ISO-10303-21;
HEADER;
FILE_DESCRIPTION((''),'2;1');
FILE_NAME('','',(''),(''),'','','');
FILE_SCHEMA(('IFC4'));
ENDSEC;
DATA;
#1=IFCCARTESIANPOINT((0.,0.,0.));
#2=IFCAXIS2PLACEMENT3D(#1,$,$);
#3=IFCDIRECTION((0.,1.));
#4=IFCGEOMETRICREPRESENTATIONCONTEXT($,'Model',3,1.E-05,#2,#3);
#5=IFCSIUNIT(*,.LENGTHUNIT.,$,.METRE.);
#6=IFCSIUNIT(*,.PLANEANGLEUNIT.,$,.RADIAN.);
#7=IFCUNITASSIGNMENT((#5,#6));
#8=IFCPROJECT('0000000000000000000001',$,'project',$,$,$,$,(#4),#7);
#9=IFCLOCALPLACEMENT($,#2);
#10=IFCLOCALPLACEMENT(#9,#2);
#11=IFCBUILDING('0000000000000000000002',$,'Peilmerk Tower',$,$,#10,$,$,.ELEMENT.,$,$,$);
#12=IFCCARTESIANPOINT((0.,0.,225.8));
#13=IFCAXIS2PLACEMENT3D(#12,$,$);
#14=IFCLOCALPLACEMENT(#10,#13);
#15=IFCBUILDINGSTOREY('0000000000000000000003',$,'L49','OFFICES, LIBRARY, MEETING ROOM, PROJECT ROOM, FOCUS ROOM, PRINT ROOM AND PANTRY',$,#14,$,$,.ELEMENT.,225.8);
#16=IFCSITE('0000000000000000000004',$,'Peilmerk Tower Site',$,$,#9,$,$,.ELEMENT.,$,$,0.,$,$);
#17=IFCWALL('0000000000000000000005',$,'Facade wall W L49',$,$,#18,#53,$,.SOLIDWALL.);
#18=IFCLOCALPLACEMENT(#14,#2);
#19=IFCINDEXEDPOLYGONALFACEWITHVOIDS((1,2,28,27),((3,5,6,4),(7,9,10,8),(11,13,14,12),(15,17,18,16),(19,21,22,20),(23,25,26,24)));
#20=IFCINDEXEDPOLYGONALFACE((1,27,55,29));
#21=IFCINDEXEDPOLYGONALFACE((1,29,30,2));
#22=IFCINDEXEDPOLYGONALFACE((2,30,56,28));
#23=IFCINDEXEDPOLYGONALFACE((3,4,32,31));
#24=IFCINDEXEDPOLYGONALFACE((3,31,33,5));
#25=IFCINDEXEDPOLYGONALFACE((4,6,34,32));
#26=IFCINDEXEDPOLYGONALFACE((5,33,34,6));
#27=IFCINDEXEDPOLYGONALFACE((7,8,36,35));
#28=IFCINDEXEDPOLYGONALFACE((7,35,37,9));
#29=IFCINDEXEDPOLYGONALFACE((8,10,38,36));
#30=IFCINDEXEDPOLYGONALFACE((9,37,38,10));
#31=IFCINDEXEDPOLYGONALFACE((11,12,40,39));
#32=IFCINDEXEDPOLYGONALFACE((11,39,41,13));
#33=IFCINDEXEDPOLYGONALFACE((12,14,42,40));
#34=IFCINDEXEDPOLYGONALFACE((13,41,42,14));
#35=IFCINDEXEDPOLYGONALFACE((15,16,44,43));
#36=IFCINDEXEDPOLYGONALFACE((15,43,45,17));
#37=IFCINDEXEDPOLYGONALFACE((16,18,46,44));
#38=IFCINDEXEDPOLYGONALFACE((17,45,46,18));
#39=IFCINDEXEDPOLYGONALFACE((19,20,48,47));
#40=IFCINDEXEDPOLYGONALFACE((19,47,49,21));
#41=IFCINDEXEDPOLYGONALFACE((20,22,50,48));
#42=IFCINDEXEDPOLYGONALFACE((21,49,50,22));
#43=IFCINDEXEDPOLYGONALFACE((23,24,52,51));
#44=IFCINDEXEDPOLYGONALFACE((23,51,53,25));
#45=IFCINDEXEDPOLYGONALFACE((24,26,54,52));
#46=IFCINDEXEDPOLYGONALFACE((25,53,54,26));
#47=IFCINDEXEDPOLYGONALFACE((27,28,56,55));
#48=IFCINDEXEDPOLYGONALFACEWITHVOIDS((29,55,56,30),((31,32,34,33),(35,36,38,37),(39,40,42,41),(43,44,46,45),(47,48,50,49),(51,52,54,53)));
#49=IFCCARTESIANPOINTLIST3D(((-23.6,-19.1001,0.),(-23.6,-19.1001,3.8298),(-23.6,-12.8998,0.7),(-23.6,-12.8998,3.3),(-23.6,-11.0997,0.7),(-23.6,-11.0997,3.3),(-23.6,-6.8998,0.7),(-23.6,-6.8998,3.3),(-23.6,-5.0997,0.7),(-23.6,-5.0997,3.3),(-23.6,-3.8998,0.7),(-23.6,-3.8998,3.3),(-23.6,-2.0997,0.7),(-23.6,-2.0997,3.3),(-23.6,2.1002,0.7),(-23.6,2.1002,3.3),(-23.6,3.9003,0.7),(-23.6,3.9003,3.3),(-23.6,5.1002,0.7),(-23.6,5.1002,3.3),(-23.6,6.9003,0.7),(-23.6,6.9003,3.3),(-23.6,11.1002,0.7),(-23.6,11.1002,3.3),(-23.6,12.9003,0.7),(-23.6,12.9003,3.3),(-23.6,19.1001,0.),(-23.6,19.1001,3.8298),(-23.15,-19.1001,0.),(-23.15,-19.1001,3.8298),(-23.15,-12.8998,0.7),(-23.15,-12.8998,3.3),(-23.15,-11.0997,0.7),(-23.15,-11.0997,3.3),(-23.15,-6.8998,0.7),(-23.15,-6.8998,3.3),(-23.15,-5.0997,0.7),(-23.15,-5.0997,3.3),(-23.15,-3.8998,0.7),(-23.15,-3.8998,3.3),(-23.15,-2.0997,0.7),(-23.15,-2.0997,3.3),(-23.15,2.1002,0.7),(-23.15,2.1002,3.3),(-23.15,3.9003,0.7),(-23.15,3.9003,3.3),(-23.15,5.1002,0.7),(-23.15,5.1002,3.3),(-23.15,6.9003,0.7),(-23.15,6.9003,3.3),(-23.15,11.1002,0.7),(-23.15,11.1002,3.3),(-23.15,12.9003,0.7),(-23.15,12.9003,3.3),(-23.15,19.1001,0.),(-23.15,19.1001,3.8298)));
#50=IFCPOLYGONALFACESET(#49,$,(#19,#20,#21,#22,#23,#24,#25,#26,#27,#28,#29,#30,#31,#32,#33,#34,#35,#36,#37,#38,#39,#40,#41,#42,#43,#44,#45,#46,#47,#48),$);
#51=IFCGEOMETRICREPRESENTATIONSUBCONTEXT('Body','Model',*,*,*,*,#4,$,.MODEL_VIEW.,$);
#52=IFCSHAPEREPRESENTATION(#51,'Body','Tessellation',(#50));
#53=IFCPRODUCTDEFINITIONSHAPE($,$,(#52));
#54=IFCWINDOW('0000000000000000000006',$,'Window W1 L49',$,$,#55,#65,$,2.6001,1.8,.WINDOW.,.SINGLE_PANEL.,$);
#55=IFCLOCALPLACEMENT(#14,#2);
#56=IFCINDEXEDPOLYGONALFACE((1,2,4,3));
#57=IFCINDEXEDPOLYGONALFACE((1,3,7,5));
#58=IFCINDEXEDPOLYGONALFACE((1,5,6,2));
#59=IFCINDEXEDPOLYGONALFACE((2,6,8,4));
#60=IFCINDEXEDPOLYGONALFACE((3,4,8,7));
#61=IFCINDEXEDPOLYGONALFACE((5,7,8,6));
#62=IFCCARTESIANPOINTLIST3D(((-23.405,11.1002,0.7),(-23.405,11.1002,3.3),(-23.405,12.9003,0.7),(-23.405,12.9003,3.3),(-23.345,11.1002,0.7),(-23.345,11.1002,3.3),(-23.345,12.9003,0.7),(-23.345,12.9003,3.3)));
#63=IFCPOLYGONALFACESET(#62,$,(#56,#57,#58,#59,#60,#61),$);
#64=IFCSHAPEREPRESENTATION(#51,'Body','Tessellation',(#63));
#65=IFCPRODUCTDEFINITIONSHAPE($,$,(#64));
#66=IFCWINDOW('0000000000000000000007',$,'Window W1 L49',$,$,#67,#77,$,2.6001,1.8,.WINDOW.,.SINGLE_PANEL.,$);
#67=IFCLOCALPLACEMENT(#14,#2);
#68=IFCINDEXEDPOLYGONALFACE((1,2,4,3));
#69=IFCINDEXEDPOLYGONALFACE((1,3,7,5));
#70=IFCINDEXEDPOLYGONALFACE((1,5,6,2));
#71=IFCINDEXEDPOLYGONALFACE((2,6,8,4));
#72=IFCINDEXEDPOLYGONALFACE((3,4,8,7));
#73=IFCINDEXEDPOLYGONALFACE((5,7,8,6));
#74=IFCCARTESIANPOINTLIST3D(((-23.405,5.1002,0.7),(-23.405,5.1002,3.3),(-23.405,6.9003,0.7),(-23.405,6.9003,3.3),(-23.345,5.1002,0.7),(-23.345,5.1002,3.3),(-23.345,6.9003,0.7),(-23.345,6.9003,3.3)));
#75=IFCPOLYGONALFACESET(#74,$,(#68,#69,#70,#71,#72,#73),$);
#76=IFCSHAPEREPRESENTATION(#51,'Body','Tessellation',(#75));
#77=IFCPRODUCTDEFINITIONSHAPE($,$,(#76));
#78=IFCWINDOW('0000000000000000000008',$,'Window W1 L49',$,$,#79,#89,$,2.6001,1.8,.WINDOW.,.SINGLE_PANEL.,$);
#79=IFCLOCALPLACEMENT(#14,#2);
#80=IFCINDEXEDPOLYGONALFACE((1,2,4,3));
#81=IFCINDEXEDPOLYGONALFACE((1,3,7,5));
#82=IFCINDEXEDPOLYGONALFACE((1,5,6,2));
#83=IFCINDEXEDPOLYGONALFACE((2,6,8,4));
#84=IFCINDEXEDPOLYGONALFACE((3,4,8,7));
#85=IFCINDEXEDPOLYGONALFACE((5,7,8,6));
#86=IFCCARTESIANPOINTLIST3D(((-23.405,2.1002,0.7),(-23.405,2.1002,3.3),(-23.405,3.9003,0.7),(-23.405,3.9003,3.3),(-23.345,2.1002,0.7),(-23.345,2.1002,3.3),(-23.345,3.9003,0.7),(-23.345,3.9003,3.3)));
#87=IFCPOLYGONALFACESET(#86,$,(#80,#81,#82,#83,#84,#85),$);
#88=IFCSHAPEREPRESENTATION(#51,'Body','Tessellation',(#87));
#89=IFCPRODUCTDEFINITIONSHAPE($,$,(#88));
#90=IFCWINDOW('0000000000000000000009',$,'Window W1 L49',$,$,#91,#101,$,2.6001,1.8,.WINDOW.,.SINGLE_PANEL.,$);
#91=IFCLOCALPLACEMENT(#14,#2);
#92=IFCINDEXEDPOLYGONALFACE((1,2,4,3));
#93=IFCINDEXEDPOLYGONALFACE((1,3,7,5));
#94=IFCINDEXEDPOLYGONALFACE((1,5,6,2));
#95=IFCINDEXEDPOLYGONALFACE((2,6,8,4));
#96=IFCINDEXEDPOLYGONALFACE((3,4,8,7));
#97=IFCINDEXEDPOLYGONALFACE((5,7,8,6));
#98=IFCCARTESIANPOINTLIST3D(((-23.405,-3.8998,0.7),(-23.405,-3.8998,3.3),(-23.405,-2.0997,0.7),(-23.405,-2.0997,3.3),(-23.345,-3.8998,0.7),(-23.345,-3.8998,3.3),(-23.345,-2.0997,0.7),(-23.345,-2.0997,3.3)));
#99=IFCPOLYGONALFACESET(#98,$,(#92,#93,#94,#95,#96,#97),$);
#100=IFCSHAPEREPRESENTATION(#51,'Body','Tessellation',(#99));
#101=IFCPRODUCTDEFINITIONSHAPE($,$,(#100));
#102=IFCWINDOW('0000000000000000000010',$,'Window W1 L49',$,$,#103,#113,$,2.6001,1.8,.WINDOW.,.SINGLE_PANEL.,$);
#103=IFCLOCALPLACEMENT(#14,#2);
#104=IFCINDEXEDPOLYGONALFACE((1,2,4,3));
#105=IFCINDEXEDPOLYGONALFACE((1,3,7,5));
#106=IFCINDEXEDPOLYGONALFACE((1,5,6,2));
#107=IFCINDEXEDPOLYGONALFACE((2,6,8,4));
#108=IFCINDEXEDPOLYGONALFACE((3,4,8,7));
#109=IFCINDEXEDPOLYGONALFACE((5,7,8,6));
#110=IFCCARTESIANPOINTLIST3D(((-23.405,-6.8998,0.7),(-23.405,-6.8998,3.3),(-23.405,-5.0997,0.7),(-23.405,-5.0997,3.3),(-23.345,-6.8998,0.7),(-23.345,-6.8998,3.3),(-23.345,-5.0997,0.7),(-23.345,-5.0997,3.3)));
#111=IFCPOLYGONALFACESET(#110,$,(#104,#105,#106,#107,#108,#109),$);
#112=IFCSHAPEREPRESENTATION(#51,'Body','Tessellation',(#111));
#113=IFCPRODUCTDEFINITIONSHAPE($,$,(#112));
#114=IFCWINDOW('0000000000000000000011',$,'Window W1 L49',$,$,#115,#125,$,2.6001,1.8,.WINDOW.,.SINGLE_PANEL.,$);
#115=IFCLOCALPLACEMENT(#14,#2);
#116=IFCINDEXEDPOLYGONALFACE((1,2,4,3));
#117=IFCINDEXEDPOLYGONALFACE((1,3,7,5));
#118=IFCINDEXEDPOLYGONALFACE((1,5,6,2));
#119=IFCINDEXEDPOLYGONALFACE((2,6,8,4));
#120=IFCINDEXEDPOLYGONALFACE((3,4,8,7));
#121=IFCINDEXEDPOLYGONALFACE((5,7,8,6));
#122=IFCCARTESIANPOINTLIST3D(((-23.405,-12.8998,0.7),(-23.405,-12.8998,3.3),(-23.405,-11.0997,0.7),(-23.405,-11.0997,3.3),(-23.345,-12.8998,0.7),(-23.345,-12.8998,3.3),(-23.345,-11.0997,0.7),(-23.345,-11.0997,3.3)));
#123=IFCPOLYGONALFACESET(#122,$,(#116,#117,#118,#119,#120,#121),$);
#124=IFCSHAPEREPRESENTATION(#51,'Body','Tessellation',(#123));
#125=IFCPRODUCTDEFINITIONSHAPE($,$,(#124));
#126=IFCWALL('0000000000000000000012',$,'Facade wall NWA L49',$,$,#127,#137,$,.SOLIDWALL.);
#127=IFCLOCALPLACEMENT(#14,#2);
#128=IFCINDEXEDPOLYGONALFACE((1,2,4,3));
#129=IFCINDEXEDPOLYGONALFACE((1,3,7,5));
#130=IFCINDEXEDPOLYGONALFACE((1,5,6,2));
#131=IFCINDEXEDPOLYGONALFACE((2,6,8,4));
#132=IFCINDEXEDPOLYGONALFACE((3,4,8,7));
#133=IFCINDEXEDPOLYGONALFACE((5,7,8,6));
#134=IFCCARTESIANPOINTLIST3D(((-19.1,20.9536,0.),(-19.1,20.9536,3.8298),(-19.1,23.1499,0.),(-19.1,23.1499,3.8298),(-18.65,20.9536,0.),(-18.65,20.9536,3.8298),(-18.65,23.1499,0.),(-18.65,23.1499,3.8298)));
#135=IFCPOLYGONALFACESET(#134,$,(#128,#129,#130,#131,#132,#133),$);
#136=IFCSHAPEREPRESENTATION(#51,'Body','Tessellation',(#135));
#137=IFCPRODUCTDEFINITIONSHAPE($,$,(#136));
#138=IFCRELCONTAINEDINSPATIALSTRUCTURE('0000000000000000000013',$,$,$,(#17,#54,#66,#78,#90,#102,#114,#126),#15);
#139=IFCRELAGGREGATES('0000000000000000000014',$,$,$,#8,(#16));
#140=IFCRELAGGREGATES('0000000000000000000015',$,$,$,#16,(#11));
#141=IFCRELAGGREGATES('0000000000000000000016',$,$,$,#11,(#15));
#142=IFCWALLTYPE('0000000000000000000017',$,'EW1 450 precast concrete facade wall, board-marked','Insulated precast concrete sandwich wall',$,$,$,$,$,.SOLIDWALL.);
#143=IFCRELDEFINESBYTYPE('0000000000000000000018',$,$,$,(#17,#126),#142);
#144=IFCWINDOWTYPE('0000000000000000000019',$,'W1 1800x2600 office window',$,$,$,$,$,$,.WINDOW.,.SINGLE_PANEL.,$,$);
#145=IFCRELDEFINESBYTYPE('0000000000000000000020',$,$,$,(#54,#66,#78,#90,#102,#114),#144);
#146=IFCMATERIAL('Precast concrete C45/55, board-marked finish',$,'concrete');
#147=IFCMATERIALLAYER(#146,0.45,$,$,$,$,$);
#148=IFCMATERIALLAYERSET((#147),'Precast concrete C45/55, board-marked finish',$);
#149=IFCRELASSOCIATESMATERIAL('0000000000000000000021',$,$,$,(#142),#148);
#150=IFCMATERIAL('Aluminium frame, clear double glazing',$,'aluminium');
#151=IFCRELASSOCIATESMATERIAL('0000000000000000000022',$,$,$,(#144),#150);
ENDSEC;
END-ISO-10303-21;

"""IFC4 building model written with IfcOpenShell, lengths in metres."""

from ifc_helpers import new_model, si_unit, direction, frame, frame_2d, origin, place, context, subcontext, project, spatial, rectangle, extrude, material, layer, layer_set, type_object, element, fill, save


model = new_model("IFC4")

# Units and contexts
model_context = context("Model", 3, precision=1e-05, world=origin(), true_north=direction((0.0, 1.0)))
body_context = subcontext(model_context, "Body", "Model", "MODEL_VIEW")
ifc_project = project(units=[si_unit("LENGTHUNIT", "METRE"), si_unit("PLANEANGLEUNIT", "RADIAN")], contexts=[model_context])

# Site, building, storey
site_placement = place(None, origin())
site = spatial("IfcSite", under=ifc_project, at=site_placement, Name="Peilmerk Tower Site", CompositionType="ELEMENT", RefElevation=0.0)
building_placement = place(site_placement, origin())
building = spatial("IfcBuilding", under=site, at=building_placement, Name="Peilmerk Tower", CompositionType="ELEMENT")
storey_placement = place(building_placement, frame((0.0, 0.0, 225.8)))
storey = spatial("IfcBuildingStorey", under=building, at=storey_placement, Name="L49", Description="OFFICES, LIBRARY, MEETING ROOM, PROJECT ROOM, FOCUS ROOM, PRINT ROOM AND PANTRY", CompositionType="ELEMENT", Elevation=225.8)

# Wall, openings, windows
ifc_material_1 = material(Name="Precast concrete C45/55, board-marked finish", Category="concrete")
ifc_layer_1 = layer(ifc_material_1, 0.45)
ifc_layer_set_1 = layer_set([ifc_layer_1], Name="Precast concrete C45/55, board-marked finish")
wall_type = type_object("IfcWallType", Name="EW1 450 precast concrete facade wall, board-marked", Description="Insulated precast concrete sandwich wall", PredefinedType="SOLIDWALL", material=ifc_layer_set_1)
wall_1_placement = place(storey_placement, frame((-23.375, 19.1001, 0.0), z_axis=(0.0, 0.0, 1.0), x_axis=(0.0, -1.0, 0.0)))
wall_1 = element("IfcWall", 1, at=wall_1_placement, inside=storey, type_object=wall_type, Name="Facade wall W L49", PredefinedType="SOLIDWALL", context=body_context, shape_type="SweptSolid", body=[
    extrude(rectangle(XDim=38.2002, YDim=0.45, at=frame_2d((19.1001, 0.0))), origin(), (0.0, 0.0, 1.0), 3.8298),
])
opening_1_placement = place(wall_1_placement, frame((6.2, 0.0, 0.7)))
opening_1 = element("IfcOpeningElement", 2, at=opening_1_placement, cuts=wall_1, PredefinedType="OPENING", context=body_context, shape_type="SweptSolid", body=[
    extrude(rectangle(XDim=1.8, YDim=2.6001, at=frame_2d((0.8999, 1.3))), frame((0.0, 0.2349, 0.0), z_axis=(0.0, -1.0, 0.0), x_axis=(1.0, 0.0, 0.0)), (0.0, 0.0, 1.0), 0.47),
])
opening_2_placement = place(wall_1_placement, frame((12.2, 0.0, 0.7)))
opening_2 = element("IfcOpeningElement", 3, at=opening_2_placement, cuts=wall_1, PredefinedType="OPENING", context=body_context, shape_type="SweptSolid", body=[
    extrude(rectangle(XDim=1.8, YDim=2.6001, at=frame_2d((0.8999, 1.3))), frame((0.0, 0.2349, 0.0), z_axis=(0.0, -1.0, 0.0), x_axis=(1.0, 0.0, 0.0)), (0.0, 0.0, 1.0), 0.47),
])
opening_3_placement = place(wall_1_placement, frame((15.2, 0.0, 0.7)))
opening_3 = element("IfcOpeningElement", 4, at=opening_3_placement, cuts=wall_1, PredefinedType="OPENING", context=body_context, shape_type="SweptSolid", body=[
    extrude(rectangle(XDim=1.8, YDim=2.6001, at=frame_2d((0.8999, 1.3))), frame((0.0, 0.2349, 0.0), z_axis=(0.0, -1.0, 0.0), x_axis=(1.0, 0.0, 0.0)), (0.0, 0.0, 1.0), 0.47),
])
opening_4_placement = place(wall_1_placement, frame((21.2, 0.0, 0.7)))
opening_4 = element("IfcOpeningElement", 5, at=opening_4_placement, cuts=wall_1, PredefinedType="OPENING", context=body_context, shape_type="SweptSolid", body=[
    extrude(rectangle(XDim=1.8, YDim=2.6001, at=frame_2d((0.8999, 1.3))), frame((0.0, 0.2349, 0.0), z_axis=(0.0, -1.0, 0.0), x_axis=(1.0, 0.0, 0.0)), (0.0, 0.0, 1.0), 0.47),
])
opening_5_placement = place(wall_1_placement, frame((24.2, 0.0, 0.7)))
opening_5 = element("IfcOpeningElement", 6, at=opening_5_placement, cuts=wall_1, PredefinedType="OPENING", context=body_context, shape_type="SweptSolid", body=[
    extrude(rectangle(XDim=1.8, YDim=2.6001, at=frame_2d((0.8999, 1.3))), frame((0.0, 0.2349, 0.0), z_axis=(0.0, -1.0, 0.0), x_axis=(1.0, 0.0, 0.0)), (0.0, 0.0, 1.0), 0.47),
])
opening_6_placement = place(wall_1_placement, frame((30.2, 0.0, 0.7)))
opening_6 = element("IfcOpeningElement", 7, at=opening_6_placement, cuts=wall_1, PredefinedType="OPENING", context=body_context, shape_type="SweptSolid", body=[
    extrude(rectangle(XDim=1.8, YDim=2.6001, at=frame_2d((0.8999, 1.3))), frame((0.0, 0.2349, 0.0), z_axis=(0.0, -1.0, 0.0), x_axis=(1.0, 0.0, 0.0)), (0.0, 0.0, 1.0), 0.47),
])
ifc_material_2 = material(Name="Aluminium frame, clear double glazing", Category="aluminium")
window_type = type_object("IfcWindowType", Name="W1 1800x2600 office window", PartitioningType="SINGLE_PANEL", PredefinedType="WINDOW", material=ifc_material_2)
window_1_placement = place(opening_1_placement, origin())
window_1 = element("IfcWindow", 8, at=window_1_placement, inside=storey, type_object=window_type, Name="Window W1 L49", OverallHeight=2.6001, OverallWidth=1.8, PartitioningType="SINGLE_PANEL", PredefinedType="WINDOW", context=body_context, shape_type="SweptSolid", body=[
    extrude(rectangle(XDim=1.8, YDim=2.6001, at=frame_2d((0.8999, 1.3))), frame((0.0, 0.03, 0.0), z_axis=(0.0, -1.0, 0.0), x_axis=(1.0, 0.0, 0.0)), (0.0, 0.0, 1.0), 0.0601),
])
fill(opening_1, window_1)
window_2_placement = place(opening_2_placement, origin())
window_2 = element("IfcWindow", 9, at=window_2_placement, inside=storey, type_object=window_type, Name="Window W1 L49", OverallHeight=2.6001, OverallWidth=1.8, PartitioningType="SINGLE_PANEL", PredefinedType="WINDOW", context=body_context, shape_type="SweptSolid", body=[
    extrude(rectangle(XDim=1.8, YDim=2.6001, at=frame_2d((0.8999, 1.3))), frame((0.0, 0.03, 0.0), z_axis=(0.0, -1.0, 0.0), x_axis=(1.0, 0.0, 0.0)), (0.0, 0.0, 1.0), 0.0601),
])
fill(opening_2, window_2)
window_3_placement = place(opening_3_placement, origin())
window_3 = element("IfcWindow", 10, at=window_3_placement, inside=storey, type_object=window_type, Name="Window W1 L49", OverallHeight=2.6001, OverallWidth=1.8, PartitioningType="SINGLE_PANEL", PredefinedType="WINDOW", context=body_context, shape_type="SweptSolid", body=[
    extrude(rectangle(XDim=1.8, YDim=2.6001, at=frame_2d((0.8999, 1.3))), frame((0.0, 0.03, 0.0), z_axis=(0.0, -1.0, 0.0), x_axis=(1.0, 0.0, 0.0)), (0.0, 0.0, 1.0), 0.0601),
])
fill(opening_3, window_3)
window_4_placement = place(opening_4_placement, origin())
window_4 = element("IfcWindow", 11, at=window_4_placement, inside=storey, type_object=window_type, Name="Window W1 L49", OverallHeight=2.6001, OverallWidth=1.8, PartitioningType="SINGLE_PANEL", PredefinedType="WINDOW", context=body_context, shape_type="SweptSolid", body=[
    extrude(rectangle(XDim=1.8, YDim=2.6001, at=frame_2d((0.8999, 1.3))), frame((0.0, 0.03, 0.0), z_axis=(0.0, -1.0, 0.0), x_axis=(1.0, 0.0, 0.0)), (0.0, 0.0, 1.0), 0.0601),
])
fill(opening_4, window_4)
window_5_placement = place(opening_5_placement, origin())
window_5 = element("IfcWindow", 12, at=window_5_placement, inside=storey, type_object=window_type, Name="Window W1 L49", OverallHeight=2.6001, OverallWidth=1.8, PartitioningType="SINGLE_PANEL", PredefinedType="WINDOW", context=body_context, shape_type="SweptSolid", body=[
    extrude(rectangle(XDim=1.8, YDim=2.6001, at=frame_2d((0.8999, 1.3))), frame((0.0, 0.03, 0.0), z_axis=(0.0, -1.0, 0.0), x_axis=(1.0, 0.0, 0.0)), (0.0, 0.0, 1.0), 0.0601),
])
fill(opening_5, window_5)
window_6_placement = place(opening_6_placement, origin())
window_6 = element("IfcWindow", 13, at=window_6_placement, inside=storey, type_object=window_type, Name="Window W1 L49", OverallHeight=2.6001, OverallWidth=1.8, PartitioningType="SINGLE_PANEL", PredefinedType="WINDOW", context=body_context, shape_type="SweptSolid", body=[
    extrude(rectangle(XDim=1.8, YDim=2.6001, at=frame_2d((0.8999, 1.3))), frame((0.0, 0.03, 0.0), z_axis=(0.0, -1.0, 0.0), x_axis=(1.0, 0.0, 0.0)), (0.0, 0.0, 1.0), 0.0601),
])
fill(opening_6, window_6)

# Wall
wall_2_placement = place(storey_placement, frame((-18.875, 20.9536, 0.0), z_axis=(0.0, 0.0, 1.0), x_axis=(0.0, 1.0, 0.0)))
element("IfcWall", 14, at=wall_2_placement, inside=storey, type_object=wall_type, Name="Facade wall NWA L49", PredefinedType="SOLIDWALL", context=body_context, shape_type="SweptSolid", body=[
    extrude(rectangle(XDim=2.1963, YDim=0.45, at=frame_2d((1.0981, 0.0))), origin(), (0.0, 0.0, 1.0), 3.8298),
])

save(model, "model.ifc")
